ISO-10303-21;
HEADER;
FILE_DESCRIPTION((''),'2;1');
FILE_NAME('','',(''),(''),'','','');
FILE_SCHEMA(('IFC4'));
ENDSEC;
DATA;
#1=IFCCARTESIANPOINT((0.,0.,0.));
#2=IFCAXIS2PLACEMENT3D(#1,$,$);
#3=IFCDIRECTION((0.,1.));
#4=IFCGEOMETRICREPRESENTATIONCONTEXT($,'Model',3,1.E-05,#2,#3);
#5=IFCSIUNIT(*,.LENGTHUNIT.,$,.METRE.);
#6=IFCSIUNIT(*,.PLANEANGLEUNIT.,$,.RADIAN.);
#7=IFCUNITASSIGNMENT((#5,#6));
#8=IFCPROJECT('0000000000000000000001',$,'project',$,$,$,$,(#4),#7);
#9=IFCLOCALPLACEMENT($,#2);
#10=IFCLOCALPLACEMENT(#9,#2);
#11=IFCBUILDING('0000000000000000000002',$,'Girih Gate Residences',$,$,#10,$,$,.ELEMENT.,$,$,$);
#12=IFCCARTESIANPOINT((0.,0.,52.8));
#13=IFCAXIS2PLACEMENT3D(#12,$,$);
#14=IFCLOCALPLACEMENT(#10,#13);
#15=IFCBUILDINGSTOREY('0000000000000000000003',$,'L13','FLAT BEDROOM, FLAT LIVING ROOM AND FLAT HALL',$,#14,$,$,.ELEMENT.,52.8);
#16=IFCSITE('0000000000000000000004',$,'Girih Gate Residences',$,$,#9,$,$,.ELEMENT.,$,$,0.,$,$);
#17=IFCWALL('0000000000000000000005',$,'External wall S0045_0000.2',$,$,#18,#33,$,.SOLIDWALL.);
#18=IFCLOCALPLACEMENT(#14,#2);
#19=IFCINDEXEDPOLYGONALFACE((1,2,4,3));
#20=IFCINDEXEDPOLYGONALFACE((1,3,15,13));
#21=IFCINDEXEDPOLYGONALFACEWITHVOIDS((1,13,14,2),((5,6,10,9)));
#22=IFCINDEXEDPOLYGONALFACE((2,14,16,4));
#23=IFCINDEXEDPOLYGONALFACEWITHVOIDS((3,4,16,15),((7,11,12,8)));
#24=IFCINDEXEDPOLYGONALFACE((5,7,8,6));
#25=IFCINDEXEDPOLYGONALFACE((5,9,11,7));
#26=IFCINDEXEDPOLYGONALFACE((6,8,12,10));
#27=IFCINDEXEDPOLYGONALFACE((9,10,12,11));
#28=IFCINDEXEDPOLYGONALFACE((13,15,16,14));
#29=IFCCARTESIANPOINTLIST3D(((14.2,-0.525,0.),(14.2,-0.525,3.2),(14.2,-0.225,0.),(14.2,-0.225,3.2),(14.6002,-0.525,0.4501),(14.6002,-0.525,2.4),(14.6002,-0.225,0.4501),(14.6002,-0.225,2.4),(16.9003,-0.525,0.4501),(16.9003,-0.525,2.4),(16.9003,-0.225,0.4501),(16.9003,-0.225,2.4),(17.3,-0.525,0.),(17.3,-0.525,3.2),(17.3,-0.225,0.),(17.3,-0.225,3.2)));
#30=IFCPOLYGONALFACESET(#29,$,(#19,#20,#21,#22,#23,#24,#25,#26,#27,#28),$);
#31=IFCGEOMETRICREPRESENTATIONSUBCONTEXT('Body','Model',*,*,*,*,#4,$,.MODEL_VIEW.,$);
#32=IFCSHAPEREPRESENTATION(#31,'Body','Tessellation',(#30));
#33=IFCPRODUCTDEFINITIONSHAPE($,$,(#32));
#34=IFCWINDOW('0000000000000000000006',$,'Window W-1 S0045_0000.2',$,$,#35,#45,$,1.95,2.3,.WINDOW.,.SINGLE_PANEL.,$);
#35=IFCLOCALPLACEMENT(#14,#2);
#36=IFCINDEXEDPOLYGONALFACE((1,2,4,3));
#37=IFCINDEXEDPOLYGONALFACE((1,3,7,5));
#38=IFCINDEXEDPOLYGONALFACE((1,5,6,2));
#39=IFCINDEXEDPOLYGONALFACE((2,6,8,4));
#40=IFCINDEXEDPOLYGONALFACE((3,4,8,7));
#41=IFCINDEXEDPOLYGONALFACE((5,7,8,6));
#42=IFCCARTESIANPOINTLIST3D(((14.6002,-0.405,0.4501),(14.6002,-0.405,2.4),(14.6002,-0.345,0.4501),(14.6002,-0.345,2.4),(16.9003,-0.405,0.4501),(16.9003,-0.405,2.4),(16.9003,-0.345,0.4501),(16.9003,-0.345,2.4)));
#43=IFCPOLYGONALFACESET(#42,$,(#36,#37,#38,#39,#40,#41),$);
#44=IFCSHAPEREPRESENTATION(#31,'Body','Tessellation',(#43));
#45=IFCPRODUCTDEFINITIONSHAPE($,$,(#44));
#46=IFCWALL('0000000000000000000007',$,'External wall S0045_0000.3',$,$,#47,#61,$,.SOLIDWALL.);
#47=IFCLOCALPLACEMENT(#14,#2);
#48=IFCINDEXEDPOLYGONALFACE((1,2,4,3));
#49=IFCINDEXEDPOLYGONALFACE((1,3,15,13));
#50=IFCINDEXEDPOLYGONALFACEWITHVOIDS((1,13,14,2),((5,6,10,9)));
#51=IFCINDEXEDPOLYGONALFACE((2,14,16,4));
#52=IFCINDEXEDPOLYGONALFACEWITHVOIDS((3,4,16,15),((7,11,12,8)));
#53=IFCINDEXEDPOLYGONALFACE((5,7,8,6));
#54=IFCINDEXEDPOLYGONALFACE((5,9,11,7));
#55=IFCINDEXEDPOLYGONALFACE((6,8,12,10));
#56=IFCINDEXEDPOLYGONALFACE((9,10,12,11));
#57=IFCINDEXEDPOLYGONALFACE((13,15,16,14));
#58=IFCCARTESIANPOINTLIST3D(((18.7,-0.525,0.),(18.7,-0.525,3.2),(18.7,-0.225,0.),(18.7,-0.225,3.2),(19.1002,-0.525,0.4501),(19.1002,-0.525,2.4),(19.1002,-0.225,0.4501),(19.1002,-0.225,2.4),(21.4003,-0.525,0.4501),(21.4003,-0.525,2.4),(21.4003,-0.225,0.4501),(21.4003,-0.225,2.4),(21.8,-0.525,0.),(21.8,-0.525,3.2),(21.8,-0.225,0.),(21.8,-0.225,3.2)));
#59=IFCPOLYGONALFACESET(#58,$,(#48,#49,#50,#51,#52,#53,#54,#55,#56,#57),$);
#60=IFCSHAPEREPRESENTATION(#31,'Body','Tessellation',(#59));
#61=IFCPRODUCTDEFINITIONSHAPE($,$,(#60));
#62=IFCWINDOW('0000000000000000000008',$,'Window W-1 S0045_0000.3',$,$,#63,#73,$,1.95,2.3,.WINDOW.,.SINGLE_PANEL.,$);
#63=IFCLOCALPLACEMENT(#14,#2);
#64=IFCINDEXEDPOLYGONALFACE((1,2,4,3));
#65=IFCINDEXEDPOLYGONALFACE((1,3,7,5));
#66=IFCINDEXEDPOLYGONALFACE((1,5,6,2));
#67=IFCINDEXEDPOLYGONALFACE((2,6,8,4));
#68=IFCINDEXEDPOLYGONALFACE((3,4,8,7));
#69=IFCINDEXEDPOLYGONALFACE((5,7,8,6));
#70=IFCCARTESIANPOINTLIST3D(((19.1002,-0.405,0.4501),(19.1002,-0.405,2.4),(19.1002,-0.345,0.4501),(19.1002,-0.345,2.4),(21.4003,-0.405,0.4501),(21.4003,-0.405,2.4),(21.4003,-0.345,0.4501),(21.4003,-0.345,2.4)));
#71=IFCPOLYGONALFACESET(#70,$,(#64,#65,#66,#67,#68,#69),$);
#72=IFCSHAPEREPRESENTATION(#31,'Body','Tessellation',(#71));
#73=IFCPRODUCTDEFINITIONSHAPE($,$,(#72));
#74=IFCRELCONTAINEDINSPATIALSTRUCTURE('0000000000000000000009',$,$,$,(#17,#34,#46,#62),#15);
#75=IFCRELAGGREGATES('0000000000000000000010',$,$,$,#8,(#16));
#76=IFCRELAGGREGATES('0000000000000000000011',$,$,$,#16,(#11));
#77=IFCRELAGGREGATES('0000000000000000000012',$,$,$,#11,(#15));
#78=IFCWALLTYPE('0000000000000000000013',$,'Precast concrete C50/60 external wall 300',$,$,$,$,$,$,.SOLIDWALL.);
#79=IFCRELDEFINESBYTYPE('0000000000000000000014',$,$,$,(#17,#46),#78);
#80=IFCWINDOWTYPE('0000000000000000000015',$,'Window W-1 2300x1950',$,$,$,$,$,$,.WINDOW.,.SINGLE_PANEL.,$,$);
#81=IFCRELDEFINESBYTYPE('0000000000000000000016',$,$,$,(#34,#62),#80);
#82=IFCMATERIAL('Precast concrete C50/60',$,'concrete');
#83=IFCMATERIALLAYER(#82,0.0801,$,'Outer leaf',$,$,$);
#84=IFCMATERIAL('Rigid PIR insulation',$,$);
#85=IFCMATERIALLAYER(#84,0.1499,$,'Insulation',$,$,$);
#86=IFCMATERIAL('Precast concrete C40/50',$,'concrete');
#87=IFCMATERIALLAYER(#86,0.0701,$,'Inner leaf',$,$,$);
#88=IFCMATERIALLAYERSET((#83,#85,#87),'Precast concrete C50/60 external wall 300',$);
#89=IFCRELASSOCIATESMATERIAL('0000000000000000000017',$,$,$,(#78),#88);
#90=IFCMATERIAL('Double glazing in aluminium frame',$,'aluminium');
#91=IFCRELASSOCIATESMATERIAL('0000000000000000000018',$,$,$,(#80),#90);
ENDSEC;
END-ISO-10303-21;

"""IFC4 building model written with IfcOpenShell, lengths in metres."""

from ifc_helpers import new_model, si_unit, direction, frame, frame_2d, origin, place, context, subcontext, project, spatial, rectangle, extrude, material, layer, layer_set, type_object, element, fill, save


model = new_model("IFC4")

# Units and contexts
model_context = context("Model", 3, precision=1e-05, world=origin(), true_north=direction((0.0, 1.0)))
body_context = subcontext(model_context, "Body", "Model", "MODEL_VIEW")
ifc_project = project(units=[si_unit("LENGTHUNIT", "METRE"), si_unit("PLANEANGLEUNIT", "RADIAN")], contexts=[model_context])

# Site, building, storey
site_placement = place(None, origin())
site = spatial("IfcSite", under=ifc_project, at=site_placement, Name="Girih Gate Residences", CompositionType="ELEMENT", RefElevation=0.0)
building_placement = place(site_placement, origin())
building = spatial("IfcBuilding", under=site, at=building_placement, Name="Girih Gate Residences", CompositionType="ELEMENT")
storey_placement = place(building_placement, frame((0.0, 0.0, 52.8)))
storey = spatial("IfcBuildingStorey", under=building, at=storey_placement, Name="L13", Description="FLAT BEDROOM, FLAT LIVING ROOM AND FLAT HALL", CompositionType="ELEMENT", Elevation=52.8)

# Walls, openings, windows
ifc_material_1 = material(Name="Precast concrete C50/60", Category="concrete")
ifc_layer_1 = layer(ifc_material_1, 0.0801, Name="Outer leaf")
ifc_material_2 = material(Name="Rigid PIR insulation")
ifc_layer_2 = layer(ifc_material_2, 0.1499, Name="Insulation")
ifc_material_3 = material(Name="Precast concrete C40/50", Category="concrete")
ifc_layer_3 = layer(ifc_material_3, 0.0701, Name="Inner leaf")
ifc_layer_set_1 = layer_set([ifc_layer_1, ifc_layer_2, ifc_layer_3], Name="Precast concrete C50/60 external wall 300")
wall_type_1 = type_object("IfcWallType", Name="Precast concrete C50/60 external wall 300", PredefinedType="SOLIDWALL", material=ifc_layer_set_1)
wall_1_placement = place(storey_placement, frame((17.3, -0.375, 0.0), z_axis=(0.0, 0.0, 1.0), x_axis=(-1.0, 0.0, 0.0)))
wall_1 = element("IfcWall", 1, at=wall_1_placement, inside=storey, type_object=wall_type_1, Name="External wall S0045_0000.2", PredefinedType="SOLIDWALL", context=body_context, shape_type="SweptSolid", body=[
    extrude(rectangle(XDim=3.1001, YDim=0.3, at=frame_2d((1.55, 0.0))), origin(), (0.0, 0.0, 1.0), 3.2),
])
opening_1_placement = place(wall_1_placement, frame((0.3999, 0.0, 0.45)))
opening_1 = element("IfcOpeningElement", 2, at=opening_1_placement, cuts=wall_1, PredefinedType="OPENING", context=body_context, shape_type="SweptSolid", body=[
    extrude(rectangle(XDim=2.3, YDim=1.95, at=frame_2d((1.1499, 0.9751))), frame((0.0, 0.1599, 0.0), z_axis=(0.0, -1.0, 0.0), x_axis=(1.0, 0.0, 0.0)), (0.0, 0.0, 1.0), 0.3201),
])
ifc_material_4 = material(Name="Double glazing in aluminium frame", Category="aluminium")
window_type = type_object("IfcWindowType", Name="Window W-1 2300x1950", PartitioningType="SINGLE_PANEL", PredefinedType="WINDOW", material=ifc_material_4)
window_1_placement = place(opening_1_placement, origin())
window_1 = element("IfcWindow", 3, at=window_1_placement, inside=storey, type_object=window_type, Name="Window W-1 S0045_0000.2", OverallHeight=1.95, OverallWidth=2.3, PartitioningType="SINGLE_PANEL", PredefinedType="WINDOW", context=body_context, shape_type="SweptSolid", body=[
    extrude(rectangle(XDim=2.3, YDim=1.95, at=frame_2d((1.1499, 0.9751))), frame((0.0, 0.03, 0.0), z_axis=(0.0, -1.0, 0.0), x_axis=(1.0, 0.0, 0.0)), (0.0, 0.0, 1.0), 0.0601),
])
fill(opening_1, window_1)
wall_2_placement = place(storey_placement, frame((21.8, -0.375, 0.0), z_axis=(0.0, 0.0, 1.0), x_axis=(-1.0, 0.0, 0.0)))
wall_2 = element("IfcWall", 4, at=wall_2_placement, inside=storey, type_object=wall_type_1, Name="External wall S0045_0000.3", PredefinedType="SOLIDWALL", context=body_context, shape_type="SweptSolid", body=[
    extrude(rectangle(XDim=3.1001, YDim=0.3, at=frame_2d((1.55, 0.0))), origin(), (0.0, 0.0, 1.0), 3.2),
])
opening_2_placement = place(wall_2_placement, frame((0.3999, 0.0, 0.45)))
opening_2 = element("IfcOpeningElement", 5, at=opening_2_placement, cuts=wall_2, PredefinedType="OPENING", context=body_context, shape_type="SweptSolid", body=[
    extrude(rectangle(XDim=2.3, YDim=1.95, at=frame_2d((1.1499, 0.9751))), frame((0.0, 0.1599, 0.0), z_axis=(0.0, -1.0, 0.0), x_axis=(1.0, 0.0, 0.0)), (0.0, 0.0, 1.0), 0.3201),
])
window_2_placement = place(opening_2_placement, origin())
window_2 = element("IfcWindow", 6, at=window_2_placement, inside=storey, type_object=window_type, Name="Window W-1 S0045_0000.3", OverallHeight=1.95, OverallWidth=2.3, PartitioningType="SINGLE_PANEL", PredefinedType="WINDOW", context=body_context, shape_type="SweptSolid", body=[
    extrude(rectangle(XDim=2.3, YDim=1.95, at=frame_2d((1.1499, 0.9751))), frame((0.0, 0.03, 0.0), z_axis=(0.0, -1.0, 0.0), x_axis=(1.0, 0.0, 0.0)), (0.0, 0.0, 1.0), 0.0601),
])
fill(opening_2, window_2)

save(model, "model.ifc")
